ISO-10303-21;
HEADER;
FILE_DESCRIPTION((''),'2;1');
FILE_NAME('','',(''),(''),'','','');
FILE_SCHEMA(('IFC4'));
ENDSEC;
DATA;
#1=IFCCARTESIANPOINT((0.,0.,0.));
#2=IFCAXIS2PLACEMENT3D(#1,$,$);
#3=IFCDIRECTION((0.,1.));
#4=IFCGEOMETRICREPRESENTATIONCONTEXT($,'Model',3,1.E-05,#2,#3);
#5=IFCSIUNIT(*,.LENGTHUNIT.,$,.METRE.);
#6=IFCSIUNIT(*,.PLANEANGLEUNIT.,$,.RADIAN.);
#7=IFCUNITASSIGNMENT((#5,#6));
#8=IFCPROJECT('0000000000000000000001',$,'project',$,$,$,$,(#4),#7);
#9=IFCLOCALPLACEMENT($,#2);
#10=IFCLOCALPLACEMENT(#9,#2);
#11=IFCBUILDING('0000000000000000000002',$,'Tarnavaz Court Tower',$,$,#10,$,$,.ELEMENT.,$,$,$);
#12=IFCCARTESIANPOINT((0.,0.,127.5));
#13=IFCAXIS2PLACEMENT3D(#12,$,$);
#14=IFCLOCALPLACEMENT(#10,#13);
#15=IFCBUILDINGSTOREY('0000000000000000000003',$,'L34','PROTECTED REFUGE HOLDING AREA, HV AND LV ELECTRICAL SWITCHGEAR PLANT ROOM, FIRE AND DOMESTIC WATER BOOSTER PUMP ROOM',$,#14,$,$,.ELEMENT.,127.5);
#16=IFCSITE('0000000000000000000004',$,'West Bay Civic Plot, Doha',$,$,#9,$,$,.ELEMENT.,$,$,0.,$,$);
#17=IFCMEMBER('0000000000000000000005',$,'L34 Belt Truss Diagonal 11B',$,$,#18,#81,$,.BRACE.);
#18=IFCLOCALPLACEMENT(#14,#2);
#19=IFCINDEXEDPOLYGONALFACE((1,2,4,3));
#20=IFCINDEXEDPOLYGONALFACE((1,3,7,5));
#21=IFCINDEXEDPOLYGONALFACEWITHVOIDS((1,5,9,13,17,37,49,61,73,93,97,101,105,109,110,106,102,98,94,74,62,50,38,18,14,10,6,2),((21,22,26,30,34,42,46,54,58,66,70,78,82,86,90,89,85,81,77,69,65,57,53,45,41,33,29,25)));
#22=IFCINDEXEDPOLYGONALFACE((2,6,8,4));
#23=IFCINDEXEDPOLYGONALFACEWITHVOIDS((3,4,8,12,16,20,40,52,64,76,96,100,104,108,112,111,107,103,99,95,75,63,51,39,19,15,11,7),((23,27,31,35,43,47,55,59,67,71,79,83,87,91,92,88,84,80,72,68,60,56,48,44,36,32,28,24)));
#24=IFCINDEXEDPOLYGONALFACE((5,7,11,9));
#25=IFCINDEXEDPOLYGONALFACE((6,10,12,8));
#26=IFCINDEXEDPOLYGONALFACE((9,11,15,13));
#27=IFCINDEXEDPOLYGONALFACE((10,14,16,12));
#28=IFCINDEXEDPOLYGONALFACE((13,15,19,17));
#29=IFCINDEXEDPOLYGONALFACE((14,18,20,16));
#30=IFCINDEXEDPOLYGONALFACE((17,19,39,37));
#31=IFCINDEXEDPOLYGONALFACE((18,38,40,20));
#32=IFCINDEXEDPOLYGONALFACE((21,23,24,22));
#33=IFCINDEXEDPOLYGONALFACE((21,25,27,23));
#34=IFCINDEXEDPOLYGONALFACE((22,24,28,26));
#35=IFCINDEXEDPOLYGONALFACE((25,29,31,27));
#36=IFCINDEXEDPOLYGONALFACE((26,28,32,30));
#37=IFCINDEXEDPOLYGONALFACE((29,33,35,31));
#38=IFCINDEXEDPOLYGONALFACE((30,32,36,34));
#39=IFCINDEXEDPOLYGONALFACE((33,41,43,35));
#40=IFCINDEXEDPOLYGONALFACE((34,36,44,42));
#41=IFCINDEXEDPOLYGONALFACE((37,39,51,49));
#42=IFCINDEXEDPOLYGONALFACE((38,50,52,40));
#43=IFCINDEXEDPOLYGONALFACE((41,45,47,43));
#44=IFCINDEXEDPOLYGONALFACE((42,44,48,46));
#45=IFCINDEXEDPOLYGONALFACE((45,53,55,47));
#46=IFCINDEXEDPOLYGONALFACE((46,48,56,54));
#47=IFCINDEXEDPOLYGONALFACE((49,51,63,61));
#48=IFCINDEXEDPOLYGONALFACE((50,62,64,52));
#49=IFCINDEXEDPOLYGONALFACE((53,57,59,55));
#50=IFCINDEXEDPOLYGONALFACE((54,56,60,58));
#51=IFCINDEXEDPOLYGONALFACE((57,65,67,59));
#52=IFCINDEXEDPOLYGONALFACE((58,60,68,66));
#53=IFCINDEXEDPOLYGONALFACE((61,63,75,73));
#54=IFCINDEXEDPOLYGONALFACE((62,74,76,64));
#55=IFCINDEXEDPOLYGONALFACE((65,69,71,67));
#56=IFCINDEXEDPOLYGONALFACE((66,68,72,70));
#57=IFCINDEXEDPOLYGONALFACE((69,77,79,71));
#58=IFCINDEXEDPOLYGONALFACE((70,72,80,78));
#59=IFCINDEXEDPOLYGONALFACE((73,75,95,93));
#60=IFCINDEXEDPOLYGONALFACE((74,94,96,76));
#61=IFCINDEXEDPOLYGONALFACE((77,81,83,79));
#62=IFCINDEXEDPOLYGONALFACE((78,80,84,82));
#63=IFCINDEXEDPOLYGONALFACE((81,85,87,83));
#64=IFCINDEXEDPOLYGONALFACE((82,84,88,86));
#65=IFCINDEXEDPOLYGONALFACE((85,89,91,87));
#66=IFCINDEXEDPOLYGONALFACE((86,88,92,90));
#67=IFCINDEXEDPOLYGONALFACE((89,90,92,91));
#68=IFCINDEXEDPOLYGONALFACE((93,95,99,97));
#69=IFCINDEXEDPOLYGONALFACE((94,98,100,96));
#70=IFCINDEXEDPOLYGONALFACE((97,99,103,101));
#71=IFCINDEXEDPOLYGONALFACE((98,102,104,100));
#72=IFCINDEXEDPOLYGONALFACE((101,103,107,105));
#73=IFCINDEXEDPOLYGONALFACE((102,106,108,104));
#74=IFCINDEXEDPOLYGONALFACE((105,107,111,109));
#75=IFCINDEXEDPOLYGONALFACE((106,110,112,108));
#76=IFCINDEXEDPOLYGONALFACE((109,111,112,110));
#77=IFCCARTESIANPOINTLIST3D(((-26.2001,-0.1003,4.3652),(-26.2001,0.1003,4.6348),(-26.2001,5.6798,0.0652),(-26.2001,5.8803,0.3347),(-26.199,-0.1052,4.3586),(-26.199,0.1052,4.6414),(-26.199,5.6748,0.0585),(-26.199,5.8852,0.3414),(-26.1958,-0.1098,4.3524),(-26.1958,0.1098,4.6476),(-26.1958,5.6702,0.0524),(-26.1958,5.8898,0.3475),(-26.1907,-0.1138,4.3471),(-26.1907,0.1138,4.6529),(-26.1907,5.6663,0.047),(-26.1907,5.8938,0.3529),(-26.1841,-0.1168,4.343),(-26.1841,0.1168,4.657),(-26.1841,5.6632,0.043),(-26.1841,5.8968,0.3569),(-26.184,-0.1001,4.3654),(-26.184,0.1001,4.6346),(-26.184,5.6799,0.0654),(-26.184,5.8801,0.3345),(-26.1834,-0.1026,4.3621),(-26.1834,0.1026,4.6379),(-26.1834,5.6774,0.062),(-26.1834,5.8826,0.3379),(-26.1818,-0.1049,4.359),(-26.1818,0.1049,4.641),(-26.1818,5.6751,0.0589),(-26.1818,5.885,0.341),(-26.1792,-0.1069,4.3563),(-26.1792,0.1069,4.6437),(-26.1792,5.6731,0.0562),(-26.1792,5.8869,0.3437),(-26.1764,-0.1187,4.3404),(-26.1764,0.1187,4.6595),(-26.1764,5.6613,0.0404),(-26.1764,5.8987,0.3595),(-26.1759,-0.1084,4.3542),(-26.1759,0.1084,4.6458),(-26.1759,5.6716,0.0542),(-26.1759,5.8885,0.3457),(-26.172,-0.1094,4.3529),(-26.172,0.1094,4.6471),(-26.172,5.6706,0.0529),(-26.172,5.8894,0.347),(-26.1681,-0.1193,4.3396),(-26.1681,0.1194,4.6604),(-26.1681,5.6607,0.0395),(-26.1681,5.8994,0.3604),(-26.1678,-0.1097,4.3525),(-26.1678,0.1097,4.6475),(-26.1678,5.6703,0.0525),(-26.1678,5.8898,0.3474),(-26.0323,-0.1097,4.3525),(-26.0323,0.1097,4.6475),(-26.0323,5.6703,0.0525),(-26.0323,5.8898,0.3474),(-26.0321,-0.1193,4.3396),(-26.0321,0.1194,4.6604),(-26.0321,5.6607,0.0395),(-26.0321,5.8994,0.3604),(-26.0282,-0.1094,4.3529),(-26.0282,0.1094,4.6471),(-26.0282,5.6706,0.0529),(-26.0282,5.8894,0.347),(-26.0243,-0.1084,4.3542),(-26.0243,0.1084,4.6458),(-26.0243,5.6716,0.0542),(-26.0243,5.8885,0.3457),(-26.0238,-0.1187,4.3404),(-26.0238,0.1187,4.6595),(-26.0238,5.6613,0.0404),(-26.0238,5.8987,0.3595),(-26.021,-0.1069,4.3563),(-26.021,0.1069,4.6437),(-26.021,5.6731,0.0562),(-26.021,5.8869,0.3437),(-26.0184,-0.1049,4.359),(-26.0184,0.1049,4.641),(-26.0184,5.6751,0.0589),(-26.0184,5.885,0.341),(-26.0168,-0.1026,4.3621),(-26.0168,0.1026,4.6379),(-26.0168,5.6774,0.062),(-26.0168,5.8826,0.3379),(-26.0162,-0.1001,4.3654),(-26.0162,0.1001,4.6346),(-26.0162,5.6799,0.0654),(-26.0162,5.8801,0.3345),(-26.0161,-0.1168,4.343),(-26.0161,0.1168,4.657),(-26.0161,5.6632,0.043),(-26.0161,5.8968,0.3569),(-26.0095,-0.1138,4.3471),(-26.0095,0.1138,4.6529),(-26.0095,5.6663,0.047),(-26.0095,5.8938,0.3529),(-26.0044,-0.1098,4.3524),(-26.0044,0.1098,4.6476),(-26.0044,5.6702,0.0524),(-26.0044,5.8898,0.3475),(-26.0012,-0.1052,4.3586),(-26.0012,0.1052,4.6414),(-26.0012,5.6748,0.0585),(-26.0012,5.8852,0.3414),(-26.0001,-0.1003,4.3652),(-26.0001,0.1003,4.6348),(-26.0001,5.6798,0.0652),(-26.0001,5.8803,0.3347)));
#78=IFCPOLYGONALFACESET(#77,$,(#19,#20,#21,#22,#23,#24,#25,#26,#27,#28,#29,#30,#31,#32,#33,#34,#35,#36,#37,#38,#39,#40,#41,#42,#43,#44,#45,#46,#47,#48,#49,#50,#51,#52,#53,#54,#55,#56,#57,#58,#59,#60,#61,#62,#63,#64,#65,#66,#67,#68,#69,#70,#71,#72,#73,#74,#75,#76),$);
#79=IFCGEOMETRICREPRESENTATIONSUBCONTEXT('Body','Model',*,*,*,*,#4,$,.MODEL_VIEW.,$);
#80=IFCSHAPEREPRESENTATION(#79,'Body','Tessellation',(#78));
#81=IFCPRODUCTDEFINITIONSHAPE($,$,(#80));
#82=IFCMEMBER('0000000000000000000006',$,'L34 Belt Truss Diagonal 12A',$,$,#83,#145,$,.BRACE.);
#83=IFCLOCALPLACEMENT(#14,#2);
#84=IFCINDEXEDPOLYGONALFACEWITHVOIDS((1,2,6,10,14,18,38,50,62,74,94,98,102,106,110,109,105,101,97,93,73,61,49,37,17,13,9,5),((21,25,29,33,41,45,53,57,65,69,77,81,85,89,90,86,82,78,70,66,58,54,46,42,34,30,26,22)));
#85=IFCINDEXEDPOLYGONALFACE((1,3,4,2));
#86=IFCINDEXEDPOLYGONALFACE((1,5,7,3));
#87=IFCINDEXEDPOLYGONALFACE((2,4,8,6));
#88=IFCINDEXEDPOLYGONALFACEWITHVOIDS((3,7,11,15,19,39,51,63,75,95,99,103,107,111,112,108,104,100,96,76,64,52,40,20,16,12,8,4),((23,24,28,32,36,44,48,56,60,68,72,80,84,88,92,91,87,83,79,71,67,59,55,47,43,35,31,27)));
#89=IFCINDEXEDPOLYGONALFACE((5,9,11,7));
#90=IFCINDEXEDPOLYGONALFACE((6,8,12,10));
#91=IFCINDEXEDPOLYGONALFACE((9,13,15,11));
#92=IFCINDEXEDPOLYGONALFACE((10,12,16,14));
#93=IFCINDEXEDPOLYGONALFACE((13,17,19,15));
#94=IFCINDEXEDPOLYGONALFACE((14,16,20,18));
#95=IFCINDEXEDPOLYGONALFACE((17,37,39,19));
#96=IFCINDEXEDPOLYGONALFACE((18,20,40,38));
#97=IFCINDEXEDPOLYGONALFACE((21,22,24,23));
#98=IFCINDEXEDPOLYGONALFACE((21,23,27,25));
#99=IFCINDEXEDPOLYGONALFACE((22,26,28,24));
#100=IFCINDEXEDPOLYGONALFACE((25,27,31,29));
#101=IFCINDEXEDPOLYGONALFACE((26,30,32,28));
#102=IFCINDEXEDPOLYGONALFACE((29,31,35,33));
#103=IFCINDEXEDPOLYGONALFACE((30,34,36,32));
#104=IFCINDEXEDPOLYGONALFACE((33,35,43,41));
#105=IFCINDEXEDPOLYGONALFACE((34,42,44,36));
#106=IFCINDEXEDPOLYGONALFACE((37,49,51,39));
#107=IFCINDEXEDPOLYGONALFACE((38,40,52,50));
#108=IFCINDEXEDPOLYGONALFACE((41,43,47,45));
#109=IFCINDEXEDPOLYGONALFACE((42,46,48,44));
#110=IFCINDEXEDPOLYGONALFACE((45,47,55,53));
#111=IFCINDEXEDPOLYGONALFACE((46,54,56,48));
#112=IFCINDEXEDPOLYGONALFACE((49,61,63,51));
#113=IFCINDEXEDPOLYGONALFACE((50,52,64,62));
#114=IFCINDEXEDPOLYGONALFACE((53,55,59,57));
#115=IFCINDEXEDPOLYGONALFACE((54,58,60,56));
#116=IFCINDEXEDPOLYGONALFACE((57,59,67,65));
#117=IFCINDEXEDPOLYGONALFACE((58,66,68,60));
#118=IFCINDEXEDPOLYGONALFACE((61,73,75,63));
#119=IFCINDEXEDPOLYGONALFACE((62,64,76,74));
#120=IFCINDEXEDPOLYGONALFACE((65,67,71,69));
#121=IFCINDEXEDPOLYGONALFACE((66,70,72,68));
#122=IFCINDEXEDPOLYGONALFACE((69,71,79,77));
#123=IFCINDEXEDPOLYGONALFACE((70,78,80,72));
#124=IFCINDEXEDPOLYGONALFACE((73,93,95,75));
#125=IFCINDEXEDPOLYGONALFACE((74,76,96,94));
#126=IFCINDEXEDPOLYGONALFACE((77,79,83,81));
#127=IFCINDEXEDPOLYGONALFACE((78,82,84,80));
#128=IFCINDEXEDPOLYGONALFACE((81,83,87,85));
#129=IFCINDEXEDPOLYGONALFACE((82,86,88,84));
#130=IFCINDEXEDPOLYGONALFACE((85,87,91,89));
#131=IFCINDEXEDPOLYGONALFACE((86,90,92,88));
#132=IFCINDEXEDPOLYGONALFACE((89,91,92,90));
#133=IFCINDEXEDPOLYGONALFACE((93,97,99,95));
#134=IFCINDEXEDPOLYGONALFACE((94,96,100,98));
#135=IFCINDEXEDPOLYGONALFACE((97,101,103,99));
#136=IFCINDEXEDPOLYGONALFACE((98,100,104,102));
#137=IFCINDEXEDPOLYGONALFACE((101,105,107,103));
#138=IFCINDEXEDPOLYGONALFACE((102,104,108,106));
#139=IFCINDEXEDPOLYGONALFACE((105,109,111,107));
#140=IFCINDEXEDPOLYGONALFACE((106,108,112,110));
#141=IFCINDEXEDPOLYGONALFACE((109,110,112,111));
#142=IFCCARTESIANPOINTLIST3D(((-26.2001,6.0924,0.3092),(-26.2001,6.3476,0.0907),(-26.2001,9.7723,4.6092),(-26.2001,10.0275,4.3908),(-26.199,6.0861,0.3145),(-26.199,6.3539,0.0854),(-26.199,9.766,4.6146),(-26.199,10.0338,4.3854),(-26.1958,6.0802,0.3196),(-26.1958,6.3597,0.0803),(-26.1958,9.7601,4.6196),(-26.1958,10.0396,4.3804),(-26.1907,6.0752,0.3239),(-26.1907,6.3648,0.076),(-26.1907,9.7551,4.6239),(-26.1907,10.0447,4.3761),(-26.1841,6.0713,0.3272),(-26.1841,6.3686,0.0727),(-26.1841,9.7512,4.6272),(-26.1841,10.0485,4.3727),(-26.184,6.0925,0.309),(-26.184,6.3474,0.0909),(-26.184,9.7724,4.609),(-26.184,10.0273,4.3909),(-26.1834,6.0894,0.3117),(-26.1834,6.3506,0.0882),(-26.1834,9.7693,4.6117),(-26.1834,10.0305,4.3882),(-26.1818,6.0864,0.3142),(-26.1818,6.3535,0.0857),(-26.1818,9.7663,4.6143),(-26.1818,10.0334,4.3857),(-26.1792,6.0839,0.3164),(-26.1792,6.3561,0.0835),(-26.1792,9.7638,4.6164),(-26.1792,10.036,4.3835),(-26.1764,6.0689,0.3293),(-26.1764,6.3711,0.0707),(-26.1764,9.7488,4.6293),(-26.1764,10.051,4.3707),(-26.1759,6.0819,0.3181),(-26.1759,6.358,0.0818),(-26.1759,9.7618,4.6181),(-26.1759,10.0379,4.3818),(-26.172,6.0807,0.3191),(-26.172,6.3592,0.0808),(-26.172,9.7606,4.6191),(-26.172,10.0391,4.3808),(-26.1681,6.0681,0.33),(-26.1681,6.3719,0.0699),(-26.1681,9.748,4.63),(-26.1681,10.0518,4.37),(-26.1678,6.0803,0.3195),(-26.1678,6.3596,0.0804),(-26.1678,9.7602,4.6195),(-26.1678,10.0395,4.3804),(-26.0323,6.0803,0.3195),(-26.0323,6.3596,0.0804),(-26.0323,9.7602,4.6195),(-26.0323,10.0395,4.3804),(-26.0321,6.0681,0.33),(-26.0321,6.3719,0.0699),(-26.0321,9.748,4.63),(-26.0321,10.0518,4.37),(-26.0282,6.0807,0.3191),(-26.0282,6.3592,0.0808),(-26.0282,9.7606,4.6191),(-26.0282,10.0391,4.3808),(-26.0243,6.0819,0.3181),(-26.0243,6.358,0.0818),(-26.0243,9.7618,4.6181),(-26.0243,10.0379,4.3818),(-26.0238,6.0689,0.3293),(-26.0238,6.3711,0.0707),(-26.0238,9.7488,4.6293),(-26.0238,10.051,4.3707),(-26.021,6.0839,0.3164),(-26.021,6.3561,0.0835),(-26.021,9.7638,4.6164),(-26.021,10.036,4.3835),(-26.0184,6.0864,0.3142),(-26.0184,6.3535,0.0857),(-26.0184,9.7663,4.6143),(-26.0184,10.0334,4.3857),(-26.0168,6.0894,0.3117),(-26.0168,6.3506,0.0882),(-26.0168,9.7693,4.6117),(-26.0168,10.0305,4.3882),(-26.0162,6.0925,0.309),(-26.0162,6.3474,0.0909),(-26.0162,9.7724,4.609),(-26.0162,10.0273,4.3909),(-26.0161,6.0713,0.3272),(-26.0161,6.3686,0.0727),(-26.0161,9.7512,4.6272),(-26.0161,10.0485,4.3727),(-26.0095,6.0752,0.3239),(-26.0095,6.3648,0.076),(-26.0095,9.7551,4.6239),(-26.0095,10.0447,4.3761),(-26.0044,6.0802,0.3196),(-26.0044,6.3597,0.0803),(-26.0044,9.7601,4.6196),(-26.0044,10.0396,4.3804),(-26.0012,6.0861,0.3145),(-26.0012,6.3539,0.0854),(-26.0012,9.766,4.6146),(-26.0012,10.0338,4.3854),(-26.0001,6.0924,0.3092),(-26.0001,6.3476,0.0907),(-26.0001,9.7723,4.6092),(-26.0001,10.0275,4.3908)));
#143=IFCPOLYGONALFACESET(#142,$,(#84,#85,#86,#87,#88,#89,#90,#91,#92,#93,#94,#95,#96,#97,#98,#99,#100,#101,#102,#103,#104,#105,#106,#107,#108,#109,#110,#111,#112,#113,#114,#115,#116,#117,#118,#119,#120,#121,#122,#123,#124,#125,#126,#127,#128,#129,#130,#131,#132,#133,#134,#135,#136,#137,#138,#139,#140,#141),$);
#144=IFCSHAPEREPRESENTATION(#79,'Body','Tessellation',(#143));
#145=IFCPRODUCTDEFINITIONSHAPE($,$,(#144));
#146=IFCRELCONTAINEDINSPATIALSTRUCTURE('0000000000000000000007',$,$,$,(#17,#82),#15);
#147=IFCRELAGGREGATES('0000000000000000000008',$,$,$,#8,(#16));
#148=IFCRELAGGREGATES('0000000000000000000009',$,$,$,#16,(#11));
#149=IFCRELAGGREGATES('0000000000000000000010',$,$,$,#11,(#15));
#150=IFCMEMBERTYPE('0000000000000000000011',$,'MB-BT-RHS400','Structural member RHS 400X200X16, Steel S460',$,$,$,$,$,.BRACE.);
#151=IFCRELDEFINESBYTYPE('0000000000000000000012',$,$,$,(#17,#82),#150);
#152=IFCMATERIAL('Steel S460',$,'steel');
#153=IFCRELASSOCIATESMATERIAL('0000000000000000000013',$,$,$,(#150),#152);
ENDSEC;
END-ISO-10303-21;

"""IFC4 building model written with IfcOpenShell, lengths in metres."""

from ifc_helpers import new_model, si_unit, direction, frame, origin, origin_2d, place, context, subcontext, project, spatial, hollow_rectangle, extrude, material, material_profile, profile_set, type_object, element, save


model = new_model("IFC4")

# Units and contexts
model_context = context("Model", 3, precision=1e-05, world=origin(), true_north=direction((0.0, 1.0)))
body_context = subcontext(model_context, "Body", "Model", "MODEL_VIEW")
ifc_project = project(units=[si_unit("LENGTHUNIT", "METRE"), si_unit("PLANEANGLEUNIT", "RADIAN")], contexts=[model_context])

# Site, building, storey
site_placement = place(None, origin())
site = spatial("IfcSite", under=ifc_project, at=site_placement, Name="West Bay Civic Plot, Doha", CompositionType="ELEMENT", RefElevation=0.0)
building_placement = place(site_placement, origin())
building = spatial("IfcBuilding", under=site, at=building_placement, Name="Tarnavaz Court Tower", CompositionType="ELEMENT")
storey_placement = place(building_placement, frame((0.0, 0.0, 127.5)))
storey = spatial("IfcBuildingStorey", under=building, at=storey_placement, Name="L34", Description="PROTECTED REFUGE HOLDING AREA, HV AND LV ELECTRICAL SWITCHGEAR PLANT ROOM, FIRE AND DOMESTIC WATER BOOSTER PUMP ROOM", CompositionType="ELEMENT", Elevation=127.5)

# Shared definitions
ifc_material_1 = material(Name="Steel S460", Category="steel")

# Members
ifc_material_profile_1 = material_profile(ifc_material_1, hollow_rectangle(XDim=0.2, YDim=0.3999, WallThickness=0.0161, InnerFilletRadius=0.0161, OuterFilletRadius=0.032, at=origin_2d()), Name="RHS 400X200X16")
ifc_profile_set_1 = profile_set([ifc_material_profile_1], Name="Steel S460")
member_type_1 = type_object("IfcMemberType", Name="MB-BT-RHS400", Description="Structural member RHS 400X200X16, Steel S460", PredefinedType="BRACE", material=ifc_profile_set_1)
member_1_placement = place(storey_placement, frame((-26.1001, 5.78, 0.2), z_axis=(0.0, -0.802324, 0.596889), x_axis=(1.0, 0.0, 0.0)))
element("IfcMember", 1, at=member_1_placement, inside=storey, type_object=member_type_1, Name="L34 Belt Truss Diagonal 11B", PredefinedType="BRACE", context=body_context, shape_type="SweptSolid", body=[
    extrude(hollow_rectangle(XDim=0.2, YDim=0.3999, WallThickness=0.0161, InnerFilletRadius=0.0161, OuterFilletRadius=0.032, at=origin_2d()), origin(), (0.0, 0.0, 1.0), 7.2041),
])
member_2_placement = place(storey_placement, frame((-26.1001, 6.22, 0.2), z_axis=(0.0, 0.650198, 0.759765), x_axis=(-1.0, 0.0, 0.0)))
element("IfcMember", 2, at=member_2_placement, inside=storey, type_object=member_type_1, Name="L34 Belt Truss Diagonal 12A", PredefinedType="BRACE", context=body_context, shape_type="SweptSolid", body=[
    extrude(hollow_rectangle(XDim=0.2, YDim=0.3999, WallThickness=0.0161, InnerFilletRadius=0.0161, OuterFilletRadius=0.032, at=origin_2d()), origin(), (0.0, 0.0, 1.0), 5.6597),
])

save(model, "model.ifc")
